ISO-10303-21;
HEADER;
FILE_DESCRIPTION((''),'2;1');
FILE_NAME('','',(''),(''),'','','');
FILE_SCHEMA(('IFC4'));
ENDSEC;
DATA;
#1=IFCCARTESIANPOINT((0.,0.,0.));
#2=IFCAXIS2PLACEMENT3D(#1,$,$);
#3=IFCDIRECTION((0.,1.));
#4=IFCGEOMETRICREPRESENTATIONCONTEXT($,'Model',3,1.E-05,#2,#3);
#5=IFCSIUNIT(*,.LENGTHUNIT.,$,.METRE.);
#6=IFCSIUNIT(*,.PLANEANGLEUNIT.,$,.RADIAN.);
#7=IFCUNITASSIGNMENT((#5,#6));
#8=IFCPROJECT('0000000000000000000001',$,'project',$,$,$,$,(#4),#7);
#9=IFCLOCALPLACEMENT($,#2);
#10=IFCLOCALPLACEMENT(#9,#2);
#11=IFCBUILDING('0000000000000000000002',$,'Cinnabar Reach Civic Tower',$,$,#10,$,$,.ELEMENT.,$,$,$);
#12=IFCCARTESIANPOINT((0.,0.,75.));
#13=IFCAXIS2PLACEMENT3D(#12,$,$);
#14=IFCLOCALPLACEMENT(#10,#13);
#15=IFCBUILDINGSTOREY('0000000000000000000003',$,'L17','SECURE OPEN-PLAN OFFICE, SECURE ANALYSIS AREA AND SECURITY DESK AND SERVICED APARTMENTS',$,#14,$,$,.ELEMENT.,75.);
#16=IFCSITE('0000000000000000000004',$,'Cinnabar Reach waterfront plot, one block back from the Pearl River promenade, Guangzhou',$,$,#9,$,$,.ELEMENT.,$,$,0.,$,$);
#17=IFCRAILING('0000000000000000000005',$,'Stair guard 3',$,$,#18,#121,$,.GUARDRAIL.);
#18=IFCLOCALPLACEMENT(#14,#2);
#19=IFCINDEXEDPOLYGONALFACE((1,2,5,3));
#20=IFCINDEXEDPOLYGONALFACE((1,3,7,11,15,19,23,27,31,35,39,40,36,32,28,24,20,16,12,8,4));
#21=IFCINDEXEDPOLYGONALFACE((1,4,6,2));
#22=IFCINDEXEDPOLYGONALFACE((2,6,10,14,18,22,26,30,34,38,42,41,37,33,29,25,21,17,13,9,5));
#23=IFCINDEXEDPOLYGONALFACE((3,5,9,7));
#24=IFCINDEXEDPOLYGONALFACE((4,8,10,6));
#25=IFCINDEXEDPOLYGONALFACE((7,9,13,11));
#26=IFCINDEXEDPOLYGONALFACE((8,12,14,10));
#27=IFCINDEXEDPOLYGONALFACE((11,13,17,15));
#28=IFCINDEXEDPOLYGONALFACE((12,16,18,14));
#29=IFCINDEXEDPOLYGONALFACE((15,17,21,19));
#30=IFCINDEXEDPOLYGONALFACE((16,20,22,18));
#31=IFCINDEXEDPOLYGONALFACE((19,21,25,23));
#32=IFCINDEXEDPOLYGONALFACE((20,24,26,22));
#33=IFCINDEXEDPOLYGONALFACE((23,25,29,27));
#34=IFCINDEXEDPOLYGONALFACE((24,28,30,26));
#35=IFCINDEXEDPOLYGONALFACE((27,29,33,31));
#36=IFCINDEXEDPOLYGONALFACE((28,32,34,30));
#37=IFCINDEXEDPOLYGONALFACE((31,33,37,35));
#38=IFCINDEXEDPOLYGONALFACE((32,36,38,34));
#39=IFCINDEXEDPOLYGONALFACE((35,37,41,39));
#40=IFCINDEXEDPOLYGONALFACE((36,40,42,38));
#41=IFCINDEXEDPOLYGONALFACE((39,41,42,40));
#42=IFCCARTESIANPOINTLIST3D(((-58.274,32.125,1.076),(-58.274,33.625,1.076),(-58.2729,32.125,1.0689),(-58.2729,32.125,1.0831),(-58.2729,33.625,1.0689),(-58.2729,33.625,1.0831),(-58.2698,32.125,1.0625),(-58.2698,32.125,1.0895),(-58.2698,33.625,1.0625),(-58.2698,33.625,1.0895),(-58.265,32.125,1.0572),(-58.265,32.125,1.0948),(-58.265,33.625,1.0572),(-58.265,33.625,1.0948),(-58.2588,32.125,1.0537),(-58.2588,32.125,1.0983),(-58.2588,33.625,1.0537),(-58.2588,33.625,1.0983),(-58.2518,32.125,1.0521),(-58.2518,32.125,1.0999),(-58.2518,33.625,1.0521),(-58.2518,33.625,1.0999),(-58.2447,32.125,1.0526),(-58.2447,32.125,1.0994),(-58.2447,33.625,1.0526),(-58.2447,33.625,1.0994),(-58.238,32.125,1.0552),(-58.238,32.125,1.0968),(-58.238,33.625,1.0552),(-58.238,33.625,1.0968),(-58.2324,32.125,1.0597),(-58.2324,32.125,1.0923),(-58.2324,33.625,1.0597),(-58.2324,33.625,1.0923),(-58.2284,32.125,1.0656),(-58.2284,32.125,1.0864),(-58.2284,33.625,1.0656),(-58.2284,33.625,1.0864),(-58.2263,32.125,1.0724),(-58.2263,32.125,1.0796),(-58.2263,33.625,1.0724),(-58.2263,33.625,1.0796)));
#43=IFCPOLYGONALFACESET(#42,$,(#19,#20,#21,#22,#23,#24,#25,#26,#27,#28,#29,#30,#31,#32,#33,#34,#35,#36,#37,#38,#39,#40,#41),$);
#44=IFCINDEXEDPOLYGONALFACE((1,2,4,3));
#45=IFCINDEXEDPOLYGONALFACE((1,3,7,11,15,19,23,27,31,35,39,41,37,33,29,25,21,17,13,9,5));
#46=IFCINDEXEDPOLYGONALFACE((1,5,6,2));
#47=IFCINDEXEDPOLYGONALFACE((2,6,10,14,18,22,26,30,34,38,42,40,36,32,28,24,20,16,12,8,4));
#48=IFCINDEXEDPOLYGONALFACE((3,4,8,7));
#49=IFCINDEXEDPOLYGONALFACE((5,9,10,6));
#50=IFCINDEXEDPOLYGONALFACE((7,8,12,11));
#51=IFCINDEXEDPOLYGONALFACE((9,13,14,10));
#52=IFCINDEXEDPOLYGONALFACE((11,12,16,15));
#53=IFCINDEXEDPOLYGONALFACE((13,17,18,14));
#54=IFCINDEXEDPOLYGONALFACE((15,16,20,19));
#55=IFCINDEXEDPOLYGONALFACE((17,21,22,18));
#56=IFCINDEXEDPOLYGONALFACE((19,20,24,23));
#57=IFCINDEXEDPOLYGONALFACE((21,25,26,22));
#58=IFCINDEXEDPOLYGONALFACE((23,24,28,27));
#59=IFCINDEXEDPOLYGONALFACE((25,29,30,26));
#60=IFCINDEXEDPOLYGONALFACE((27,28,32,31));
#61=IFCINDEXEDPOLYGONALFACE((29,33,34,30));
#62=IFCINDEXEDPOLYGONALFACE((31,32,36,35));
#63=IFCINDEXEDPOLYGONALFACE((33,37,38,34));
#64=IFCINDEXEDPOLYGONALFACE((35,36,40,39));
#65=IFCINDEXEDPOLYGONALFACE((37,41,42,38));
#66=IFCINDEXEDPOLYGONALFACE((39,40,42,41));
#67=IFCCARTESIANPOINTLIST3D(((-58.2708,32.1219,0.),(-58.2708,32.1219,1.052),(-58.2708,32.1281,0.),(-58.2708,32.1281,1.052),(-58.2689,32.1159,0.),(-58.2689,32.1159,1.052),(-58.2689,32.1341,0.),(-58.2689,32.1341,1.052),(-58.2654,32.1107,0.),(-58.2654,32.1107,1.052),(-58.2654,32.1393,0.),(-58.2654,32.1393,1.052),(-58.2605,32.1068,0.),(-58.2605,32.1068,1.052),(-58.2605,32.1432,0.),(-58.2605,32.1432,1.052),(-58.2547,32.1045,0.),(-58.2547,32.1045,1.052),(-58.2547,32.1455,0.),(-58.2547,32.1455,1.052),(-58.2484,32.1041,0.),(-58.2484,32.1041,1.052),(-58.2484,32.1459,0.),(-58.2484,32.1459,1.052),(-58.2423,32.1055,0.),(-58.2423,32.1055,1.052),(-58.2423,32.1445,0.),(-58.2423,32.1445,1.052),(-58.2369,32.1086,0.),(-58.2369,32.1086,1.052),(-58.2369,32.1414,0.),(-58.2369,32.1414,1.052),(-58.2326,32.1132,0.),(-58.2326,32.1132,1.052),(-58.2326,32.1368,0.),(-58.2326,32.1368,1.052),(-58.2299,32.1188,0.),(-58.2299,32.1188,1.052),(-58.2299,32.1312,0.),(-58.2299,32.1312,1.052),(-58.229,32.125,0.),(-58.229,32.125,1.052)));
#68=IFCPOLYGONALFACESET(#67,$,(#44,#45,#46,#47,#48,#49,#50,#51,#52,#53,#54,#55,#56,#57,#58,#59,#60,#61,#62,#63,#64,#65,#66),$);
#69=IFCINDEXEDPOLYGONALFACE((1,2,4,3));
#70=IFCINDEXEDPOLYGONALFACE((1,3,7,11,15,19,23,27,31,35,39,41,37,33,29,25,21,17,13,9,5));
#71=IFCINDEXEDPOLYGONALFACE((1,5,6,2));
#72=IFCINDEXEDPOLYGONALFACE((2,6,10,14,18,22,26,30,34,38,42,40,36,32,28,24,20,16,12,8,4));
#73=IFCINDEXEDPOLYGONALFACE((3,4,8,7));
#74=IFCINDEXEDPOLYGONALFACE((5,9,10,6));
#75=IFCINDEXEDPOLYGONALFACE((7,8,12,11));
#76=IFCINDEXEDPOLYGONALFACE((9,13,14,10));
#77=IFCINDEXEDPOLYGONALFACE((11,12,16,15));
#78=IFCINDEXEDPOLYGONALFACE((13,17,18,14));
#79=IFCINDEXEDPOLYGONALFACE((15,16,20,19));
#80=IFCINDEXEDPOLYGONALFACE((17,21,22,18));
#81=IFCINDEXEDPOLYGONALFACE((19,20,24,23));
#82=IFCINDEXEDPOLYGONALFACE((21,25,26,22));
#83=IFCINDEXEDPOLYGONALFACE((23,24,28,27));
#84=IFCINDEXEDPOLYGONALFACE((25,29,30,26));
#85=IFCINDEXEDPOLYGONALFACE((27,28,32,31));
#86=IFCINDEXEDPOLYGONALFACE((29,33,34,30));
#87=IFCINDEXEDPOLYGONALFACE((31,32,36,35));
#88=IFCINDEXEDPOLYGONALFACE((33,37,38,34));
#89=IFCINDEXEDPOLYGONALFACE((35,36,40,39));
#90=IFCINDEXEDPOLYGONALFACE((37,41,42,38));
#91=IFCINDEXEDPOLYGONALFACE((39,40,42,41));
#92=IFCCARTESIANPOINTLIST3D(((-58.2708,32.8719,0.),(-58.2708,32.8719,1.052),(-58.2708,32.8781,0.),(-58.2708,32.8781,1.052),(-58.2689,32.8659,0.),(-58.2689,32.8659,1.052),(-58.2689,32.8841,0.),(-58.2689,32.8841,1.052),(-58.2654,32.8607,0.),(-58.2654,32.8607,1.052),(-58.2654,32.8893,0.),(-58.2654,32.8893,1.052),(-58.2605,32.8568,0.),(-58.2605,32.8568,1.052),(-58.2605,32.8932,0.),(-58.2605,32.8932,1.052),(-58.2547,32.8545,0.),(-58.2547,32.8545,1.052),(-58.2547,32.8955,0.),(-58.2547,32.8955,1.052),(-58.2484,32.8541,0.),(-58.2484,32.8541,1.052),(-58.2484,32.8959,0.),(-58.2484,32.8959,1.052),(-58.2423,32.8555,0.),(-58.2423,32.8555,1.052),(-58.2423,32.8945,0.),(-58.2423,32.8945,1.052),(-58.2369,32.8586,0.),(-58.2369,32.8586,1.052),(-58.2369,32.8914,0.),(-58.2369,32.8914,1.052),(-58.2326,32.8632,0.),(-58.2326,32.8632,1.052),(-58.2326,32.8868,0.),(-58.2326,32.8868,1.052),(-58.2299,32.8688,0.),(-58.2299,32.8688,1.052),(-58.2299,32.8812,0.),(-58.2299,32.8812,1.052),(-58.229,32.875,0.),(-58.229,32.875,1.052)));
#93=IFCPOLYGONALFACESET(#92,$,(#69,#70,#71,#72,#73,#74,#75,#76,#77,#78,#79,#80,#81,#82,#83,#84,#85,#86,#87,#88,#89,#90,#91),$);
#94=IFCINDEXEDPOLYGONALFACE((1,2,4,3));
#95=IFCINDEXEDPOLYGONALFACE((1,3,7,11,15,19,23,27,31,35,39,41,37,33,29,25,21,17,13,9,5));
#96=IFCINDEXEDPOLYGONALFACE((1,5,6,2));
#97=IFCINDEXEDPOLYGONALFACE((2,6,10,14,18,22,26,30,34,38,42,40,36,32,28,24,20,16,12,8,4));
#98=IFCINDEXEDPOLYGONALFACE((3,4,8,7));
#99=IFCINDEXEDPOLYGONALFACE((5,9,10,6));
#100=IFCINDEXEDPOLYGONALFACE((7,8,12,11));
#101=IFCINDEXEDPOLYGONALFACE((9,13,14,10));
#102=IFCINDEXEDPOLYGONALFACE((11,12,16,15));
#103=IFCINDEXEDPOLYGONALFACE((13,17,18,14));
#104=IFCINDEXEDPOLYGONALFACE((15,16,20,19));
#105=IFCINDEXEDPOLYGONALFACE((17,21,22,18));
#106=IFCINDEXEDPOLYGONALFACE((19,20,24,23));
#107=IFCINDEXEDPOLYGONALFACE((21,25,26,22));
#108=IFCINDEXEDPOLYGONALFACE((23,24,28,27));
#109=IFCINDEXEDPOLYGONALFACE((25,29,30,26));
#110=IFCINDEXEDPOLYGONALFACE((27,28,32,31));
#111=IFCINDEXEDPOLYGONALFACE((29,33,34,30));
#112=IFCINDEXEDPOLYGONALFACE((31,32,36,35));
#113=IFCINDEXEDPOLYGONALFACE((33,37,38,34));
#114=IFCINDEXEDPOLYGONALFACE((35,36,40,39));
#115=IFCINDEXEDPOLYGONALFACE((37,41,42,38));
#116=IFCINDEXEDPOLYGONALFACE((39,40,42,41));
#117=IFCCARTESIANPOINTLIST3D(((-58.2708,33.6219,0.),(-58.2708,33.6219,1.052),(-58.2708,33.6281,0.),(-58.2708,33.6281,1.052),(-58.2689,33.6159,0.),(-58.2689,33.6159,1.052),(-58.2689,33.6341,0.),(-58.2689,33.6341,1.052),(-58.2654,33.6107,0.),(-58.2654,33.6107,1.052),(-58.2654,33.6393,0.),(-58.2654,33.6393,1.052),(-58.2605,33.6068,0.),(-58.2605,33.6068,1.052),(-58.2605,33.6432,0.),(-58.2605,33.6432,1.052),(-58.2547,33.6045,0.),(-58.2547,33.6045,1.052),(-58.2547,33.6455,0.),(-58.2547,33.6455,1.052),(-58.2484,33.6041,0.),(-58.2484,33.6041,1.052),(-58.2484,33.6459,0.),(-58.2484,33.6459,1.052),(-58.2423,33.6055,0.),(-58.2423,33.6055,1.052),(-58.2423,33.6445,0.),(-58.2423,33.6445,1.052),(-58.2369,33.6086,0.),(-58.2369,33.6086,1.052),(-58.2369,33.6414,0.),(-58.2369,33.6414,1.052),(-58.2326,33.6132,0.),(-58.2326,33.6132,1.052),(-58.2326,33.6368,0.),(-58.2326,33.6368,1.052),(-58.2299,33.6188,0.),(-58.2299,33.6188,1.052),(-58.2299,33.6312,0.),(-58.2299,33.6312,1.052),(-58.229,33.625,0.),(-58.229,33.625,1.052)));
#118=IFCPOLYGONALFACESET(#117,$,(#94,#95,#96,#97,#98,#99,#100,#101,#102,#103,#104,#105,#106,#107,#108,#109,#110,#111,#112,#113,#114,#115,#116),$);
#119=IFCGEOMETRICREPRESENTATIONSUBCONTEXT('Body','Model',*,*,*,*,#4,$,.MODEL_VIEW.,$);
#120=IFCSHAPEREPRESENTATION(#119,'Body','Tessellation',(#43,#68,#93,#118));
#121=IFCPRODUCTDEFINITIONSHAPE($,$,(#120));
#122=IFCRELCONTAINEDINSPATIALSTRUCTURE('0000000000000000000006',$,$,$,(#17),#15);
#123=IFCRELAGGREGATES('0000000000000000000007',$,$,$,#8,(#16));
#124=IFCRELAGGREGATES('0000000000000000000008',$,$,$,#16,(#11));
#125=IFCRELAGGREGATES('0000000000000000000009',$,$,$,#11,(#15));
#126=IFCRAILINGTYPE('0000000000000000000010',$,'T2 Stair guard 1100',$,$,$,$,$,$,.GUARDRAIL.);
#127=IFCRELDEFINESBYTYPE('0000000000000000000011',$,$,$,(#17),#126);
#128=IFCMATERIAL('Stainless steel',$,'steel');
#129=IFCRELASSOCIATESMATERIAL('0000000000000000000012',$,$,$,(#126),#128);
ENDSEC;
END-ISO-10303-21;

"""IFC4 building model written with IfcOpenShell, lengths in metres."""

from ifc_helpers import new_model, si_unit, direction, frame, origin, origin_2d, place, context, subcontext, project, spatial, circle, extrude, material, type_object, element, save


model = new_model("IFC4")

# Units and contexts
model_context = context("Model", 3, precision=1e-05, world=origin(), true_north=direction((0.0, 1.0)))
body_context = subcontext(model_context, "Body", "Model", "MODEL_VIEW")
ifc_project = project(units=[si_unit("LENGTHUNIT", "METRE"), si_unit("PLANEANGLEUNIT", "RADIAN")], contexts=[model_context])

# Site, building, storey
site_placement = place(None, origin())
site = spatial("IfcSite", under=ifc_project, at=site_placement, Name="Cinnabar Reach waterfront plot, one block back from the Pearl River promenade, Guangzhou", CompositionType="ELEMENT", RefElevation=0.0)
building_placement = place(site_placement, origin())
building = spatial("IfcBuilding", under=site, at=building_placement, Name="Cinnabar Reach Civic Tower", CompositionType="ELEMENT")
storey_placement = place(building_placement, frame((0.0, 0.0, 75.0)))
storey = spatial("IfcBuildingStorey", under=building, at=storey_placement, Name="L17", Description="SECURE OPEN-PLAN OFFICE, SECURE ANALYSIS AREA AND SECURITY DESK AND SERVICED APARTMENTS", CompositionType="ELEMENT", Elevation=75.0)

# Railing
ifc_material_1 = material(Name="Stainless steel", Category="steel")
railing_type = type_object("IfcRailingType", Name="T2 Stair guard 1100", PredefinedType="GUARDRAIL", material=ifc_material_1)
railing_1_placement = place(storey_placement, frame((-58.25, 32.125, 0.0)))
element("IfcRailing", 1, at=railing_1_placement, inside=storey, type_object=railing_type, Name="Stair guard 3", PredefinedType="GUARDRAIL", context=body_context, shape_type="SweptSolid", body=[
    extrude(circle(Radius=0.024, at=origin_2d()), frame((0.0, 0.0, 1.076), z_axis=(0.0, 1.0, 0.0), x_axis=(-1.0, 0.0, 0.0)), (0.0, 0.0, 1.0), 1.5),
    extrude(circle(Radius=0.021, at=origin_2d()), origin(), (0.0, 0.0, 1.0), 1.052),
    extrude(circle(Radius=0.021, at=origin_2d()), frame((0.0, 0.75, 0.0)), (0.0, 0.0, 1.0), 1.052),
    extrude(circle(Radius=0.021, at=origin_2d()), frame((0.0, 1.5, 0.0)), (0.0, 0.0, 1.0), 1.052),
])

save(model, "model.ifc")
